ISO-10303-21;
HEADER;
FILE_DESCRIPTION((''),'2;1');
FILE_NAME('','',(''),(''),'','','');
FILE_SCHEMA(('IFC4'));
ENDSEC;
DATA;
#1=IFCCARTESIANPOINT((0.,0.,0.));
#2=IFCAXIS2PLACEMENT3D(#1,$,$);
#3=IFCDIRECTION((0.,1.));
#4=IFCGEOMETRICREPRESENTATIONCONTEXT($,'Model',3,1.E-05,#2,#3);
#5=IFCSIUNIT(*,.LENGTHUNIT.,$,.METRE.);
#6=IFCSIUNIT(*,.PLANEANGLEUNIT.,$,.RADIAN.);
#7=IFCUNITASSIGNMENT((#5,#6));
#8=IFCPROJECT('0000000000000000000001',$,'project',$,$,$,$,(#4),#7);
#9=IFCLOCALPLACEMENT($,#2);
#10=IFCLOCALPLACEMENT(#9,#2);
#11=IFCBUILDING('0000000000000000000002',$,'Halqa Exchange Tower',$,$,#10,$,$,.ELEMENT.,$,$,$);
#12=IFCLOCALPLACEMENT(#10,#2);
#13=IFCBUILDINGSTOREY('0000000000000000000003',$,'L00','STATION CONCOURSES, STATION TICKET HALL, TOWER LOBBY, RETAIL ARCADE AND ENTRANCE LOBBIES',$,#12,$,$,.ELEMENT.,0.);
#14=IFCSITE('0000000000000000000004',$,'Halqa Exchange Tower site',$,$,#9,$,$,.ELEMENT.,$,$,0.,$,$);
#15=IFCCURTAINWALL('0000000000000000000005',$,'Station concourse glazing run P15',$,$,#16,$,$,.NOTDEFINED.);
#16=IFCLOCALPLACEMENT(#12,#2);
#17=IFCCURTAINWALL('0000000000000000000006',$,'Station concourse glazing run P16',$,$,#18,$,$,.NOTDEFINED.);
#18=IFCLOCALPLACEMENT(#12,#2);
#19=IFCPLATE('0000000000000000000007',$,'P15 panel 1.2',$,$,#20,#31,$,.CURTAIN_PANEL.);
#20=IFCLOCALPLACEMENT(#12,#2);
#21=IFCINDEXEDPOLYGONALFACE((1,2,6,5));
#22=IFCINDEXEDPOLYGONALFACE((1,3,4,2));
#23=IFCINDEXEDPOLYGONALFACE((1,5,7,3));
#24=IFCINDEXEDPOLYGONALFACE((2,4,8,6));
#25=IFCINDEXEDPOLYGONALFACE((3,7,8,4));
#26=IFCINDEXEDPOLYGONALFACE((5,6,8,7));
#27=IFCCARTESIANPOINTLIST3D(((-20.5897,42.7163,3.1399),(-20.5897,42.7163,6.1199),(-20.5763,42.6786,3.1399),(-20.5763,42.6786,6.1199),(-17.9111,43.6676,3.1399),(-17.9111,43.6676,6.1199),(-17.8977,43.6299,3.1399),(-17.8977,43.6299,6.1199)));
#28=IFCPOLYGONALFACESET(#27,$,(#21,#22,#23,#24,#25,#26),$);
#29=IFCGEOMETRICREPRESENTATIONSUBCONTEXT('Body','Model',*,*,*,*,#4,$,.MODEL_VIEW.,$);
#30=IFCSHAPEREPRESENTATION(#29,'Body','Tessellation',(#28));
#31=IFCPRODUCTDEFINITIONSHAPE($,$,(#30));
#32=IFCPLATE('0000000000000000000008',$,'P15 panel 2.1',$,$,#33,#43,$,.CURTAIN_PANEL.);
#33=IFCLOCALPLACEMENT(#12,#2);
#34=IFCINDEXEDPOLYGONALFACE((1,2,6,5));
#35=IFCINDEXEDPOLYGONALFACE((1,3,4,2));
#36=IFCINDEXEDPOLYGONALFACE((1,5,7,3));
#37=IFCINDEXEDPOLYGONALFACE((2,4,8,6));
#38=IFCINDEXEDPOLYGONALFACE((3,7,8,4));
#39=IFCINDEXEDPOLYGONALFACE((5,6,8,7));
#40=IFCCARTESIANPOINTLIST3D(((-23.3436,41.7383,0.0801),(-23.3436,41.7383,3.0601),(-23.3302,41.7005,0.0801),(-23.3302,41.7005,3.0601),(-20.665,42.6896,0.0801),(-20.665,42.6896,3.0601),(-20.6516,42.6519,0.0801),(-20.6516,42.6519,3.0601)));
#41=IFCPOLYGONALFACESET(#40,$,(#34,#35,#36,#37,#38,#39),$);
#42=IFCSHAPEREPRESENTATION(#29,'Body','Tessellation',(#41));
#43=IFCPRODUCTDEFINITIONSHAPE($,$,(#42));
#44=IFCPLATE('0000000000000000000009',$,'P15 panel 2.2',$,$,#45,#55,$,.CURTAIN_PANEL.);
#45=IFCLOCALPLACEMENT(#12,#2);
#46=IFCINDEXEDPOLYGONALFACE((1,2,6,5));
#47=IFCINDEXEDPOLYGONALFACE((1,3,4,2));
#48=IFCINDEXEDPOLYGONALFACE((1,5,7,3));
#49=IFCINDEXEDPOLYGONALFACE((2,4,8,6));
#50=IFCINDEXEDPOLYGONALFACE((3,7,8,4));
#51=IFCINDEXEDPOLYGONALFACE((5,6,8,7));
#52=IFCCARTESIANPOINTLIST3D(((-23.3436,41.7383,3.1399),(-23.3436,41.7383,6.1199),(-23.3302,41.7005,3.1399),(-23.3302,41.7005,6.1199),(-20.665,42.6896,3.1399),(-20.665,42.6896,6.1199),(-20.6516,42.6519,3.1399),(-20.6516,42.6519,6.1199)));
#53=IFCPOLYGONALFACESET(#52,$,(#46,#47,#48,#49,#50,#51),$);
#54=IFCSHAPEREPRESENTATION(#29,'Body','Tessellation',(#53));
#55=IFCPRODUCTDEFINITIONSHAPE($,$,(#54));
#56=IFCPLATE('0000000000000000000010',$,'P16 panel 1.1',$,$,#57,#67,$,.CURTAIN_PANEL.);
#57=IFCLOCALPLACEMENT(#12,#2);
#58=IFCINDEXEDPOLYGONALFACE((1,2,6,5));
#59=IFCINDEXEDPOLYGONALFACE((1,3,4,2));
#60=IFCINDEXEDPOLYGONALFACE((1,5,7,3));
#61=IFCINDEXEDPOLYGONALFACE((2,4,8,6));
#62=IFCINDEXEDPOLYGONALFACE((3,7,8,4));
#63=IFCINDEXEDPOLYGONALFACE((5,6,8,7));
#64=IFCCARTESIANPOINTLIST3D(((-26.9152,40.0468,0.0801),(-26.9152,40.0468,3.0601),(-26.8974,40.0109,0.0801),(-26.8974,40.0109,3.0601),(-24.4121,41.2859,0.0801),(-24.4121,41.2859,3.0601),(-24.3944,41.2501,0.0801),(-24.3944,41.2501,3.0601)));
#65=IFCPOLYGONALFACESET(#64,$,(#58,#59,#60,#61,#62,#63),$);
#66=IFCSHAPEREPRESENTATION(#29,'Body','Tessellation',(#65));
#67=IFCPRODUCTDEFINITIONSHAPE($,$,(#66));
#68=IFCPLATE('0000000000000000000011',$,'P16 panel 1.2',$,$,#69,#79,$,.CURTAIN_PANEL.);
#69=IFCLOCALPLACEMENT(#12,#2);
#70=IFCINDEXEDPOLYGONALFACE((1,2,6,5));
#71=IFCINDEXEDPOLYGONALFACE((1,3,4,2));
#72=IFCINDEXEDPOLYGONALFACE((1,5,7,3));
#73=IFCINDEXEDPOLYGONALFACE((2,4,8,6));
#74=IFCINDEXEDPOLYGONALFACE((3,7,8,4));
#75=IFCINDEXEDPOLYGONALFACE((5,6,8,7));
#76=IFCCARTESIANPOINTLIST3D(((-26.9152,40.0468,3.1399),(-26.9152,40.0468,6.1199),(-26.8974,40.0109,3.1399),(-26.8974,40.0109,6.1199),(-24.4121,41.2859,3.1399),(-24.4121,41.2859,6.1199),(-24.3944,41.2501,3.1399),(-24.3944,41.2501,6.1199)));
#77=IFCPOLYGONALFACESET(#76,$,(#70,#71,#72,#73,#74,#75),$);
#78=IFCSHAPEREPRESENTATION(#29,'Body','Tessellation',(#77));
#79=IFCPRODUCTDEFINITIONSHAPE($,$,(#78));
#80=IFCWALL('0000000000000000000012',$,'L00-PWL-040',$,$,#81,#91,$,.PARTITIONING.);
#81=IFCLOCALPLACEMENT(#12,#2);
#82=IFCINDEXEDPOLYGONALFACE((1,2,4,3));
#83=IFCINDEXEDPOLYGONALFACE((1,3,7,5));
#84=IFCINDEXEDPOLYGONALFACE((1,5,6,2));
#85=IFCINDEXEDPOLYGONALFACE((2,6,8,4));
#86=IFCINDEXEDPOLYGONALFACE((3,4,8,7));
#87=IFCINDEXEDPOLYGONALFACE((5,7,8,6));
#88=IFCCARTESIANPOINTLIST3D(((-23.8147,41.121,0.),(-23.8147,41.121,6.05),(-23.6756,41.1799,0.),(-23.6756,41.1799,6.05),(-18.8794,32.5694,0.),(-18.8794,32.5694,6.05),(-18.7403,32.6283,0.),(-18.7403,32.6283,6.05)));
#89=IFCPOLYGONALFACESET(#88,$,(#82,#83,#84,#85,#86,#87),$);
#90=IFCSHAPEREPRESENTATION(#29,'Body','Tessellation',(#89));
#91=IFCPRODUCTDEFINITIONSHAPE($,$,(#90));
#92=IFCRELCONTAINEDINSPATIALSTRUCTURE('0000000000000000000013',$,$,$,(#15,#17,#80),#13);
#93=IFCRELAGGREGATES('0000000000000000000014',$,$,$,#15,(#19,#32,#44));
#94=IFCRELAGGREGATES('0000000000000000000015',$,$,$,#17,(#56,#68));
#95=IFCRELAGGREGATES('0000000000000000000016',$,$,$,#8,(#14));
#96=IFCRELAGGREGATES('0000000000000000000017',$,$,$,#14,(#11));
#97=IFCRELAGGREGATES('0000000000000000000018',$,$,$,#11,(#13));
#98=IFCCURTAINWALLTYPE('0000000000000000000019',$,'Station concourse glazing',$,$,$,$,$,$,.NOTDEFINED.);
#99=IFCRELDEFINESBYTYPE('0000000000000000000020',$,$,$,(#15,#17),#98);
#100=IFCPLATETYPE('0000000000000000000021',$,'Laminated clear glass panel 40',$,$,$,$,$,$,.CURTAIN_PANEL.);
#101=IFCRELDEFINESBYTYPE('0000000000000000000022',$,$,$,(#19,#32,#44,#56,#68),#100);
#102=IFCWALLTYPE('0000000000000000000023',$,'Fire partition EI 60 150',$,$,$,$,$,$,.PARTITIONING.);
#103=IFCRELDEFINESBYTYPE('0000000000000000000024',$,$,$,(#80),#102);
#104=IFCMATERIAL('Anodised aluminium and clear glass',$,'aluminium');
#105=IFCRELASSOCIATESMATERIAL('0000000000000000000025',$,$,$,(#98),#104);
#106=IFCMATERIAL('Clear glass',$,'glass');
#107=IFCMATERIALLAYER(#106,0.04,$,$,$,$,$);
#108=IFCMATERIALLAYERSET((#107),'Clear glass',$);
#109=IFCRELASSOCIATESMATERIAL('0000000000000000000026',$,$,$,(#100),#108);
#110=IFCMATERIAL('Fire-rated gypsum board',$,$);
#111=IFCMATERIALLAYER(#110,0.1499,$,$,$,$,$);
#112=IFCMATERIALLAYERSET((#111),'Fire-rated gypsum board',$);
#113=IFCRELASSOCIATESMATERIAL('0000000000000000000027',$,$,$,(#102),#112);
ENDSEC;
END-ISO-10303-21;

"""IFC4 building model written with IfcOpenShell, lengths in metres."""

from ifc_helpers import new_model, si_unit, direction, frame, origin, origin_2d, place, context, subcontext, project, spatial, polyline, rectangle, outline, extrude, material, layer, layer_set, type_object, element, aggregate, save


model = new_model("IFC4")

# Units and contexts
model_context = context("Model", 3, precision=1e-05, world=origin(), true_north=direction((0.0, 1.0)))
body_context = subcontext(model_context, "Body", "Model", "MODEL_VIEW")
ifc_project = project(units=[si_unit("LENGTHUNIT", "METRE"), si_unit("PLANEANGLEUNIT", "RADIAN")], contexts=[model_context])

# Site, building, storey
site_placement = place(None, origin())
site = spatial("IfcSite", under=ifc_project, at=site_placement, Name="Halqa Exchange Tower site", CompositionType="ELEMENT", RefElevation=0.0)
building_placement = place(site_placement, origin())
building = spatial("IfcBuilding", under=site, at=building_placement, Name="Halqa Exchange Tower", CompositionType="ELEMENT")
storey_placement = place(building_placement, origin())
storey = spatial("IfcBuildingStorey", under=building, at=storey_placement, Name="L00", Description="STATION CONCOURSES, STATION TICKET HALL, TOWER LOBBY, RETAIL ARCADE AND ENTRANCE LOBBIES", CompositionType="ELEMENT", Elevation=0.0)

# Shared definitions
ifc_material_1 = material(Name="Anodised aluminium and clear glass", Category="aluminium")
curtain_wall_type = type_object("IfcCurtainWallType", Name="Station concourse glazing", PredefinedType="NOTDEFINED", material=ifc_material_1)

# Curtain walls
curtain_wall_1_placement = place(storey_placement, origin())
curtain_wall_1 = element("IfcCurtainWall", 1, at=curtain_wall_1_placement, inside=storey, type_object=curtain_wall_type, Name="Station concourse glazing run P15", PredefinedType="NOTDEFINED")
curtain_wall_2_placement = place(storey_placement, origin())
curtain_wall_2 = element("IfcCurtainWall", 2, at=curtain_wall_2_placement, inside=storey, type_object=curtain_wall_type, Name="Station concourse glazing run P16", PredefinedType="NOTDEFINED")

# Plates
ifc_material_2 = material(Name="Clear glass", Category="glass")
ifc_layer_1 = layer(ifc_material_2, 0.04)
ifc_layer_set_1 = layer_set([ifc_layer_1], Name="Clear glass")
plate_type = type_object("IfcPlateType", Name="Laminated clear glass panel 40", PredefinedType="CURTAIN_PANEL", material=ifc_layer_set_1)
plate_1_placement = place(storey_placement, frame((-19.2437, 43.1731, 3.1399), z_axis=(0.0, 0.0, 1.0), x_axis=(-0.942329, -0.334688, 0.0)))
plate_1 = element("IfcPlate", 3, at=plate_1_placement, type_object=plate_type, Name="P15 panel 1.2", PredefinedType="CURTAIN_PANEL", context=body_context, shape_type="SweptSolid", body=[
    extrude(rectangle(XDim=2.8425, YDim=0.04, at=origin_2d()), origin(), (0.0, 0.0, 1.0), 2.98),
])
plate_2_placement = place(storey_placement, frame((-21.9976, 42.1951, 0.0801), z_axis=(0.0, 0.0, 1.0), x_axis=(-0.942329, -0.334688, 0.0)))
plate_2 = element("IfcPlate", 4, at=plate_2_placement, type_object=plate_type, Name="P15 panel 2.1", PredefinedType="CURTAIN_PANEL", context=body_context, shape_type="SweptSolid", body=[
    extrude(rectangle(XDim=2.8425, YDim=0.04, at=origin_2d()), origin(), (0.0, 0.0, 1.0), 2.98),
])
plate_3_placement = place(storey_placement, frame((-21.9976, 42.1951, 3.1399), z_axis=(0.0, 0.0, 1.0), x_axis=(-0.942329, -0.334688, 0.0)))
plate_3 = element("IfcPlate", 5, at=plate_3_placement, type_object=plate_type, Name="P15 panel 2.2", PredefinedType="CURTAIN_PANEL", context=body_context, shape_type="SweptSolid", body=[
    extrude(rectangle(XDim=2.8425, YDim=0.04, at=origin_2d()), origin(), (0.0, 0.0, 1.0), 2.98),
])
aggregate(curtain_wall_1, [plate_1, plate_2, plate_3])
plate_4_placement = place(storey_placement, frame((-25.6548, 40.6484, 0.0801), z_axis=(0.0, 0.0, 1.0), x_axis=(-0.896198, -0.443653, 0.0)))
plate_4 = element("IfcPlate", 6, at=plate_4_placement, type_object=plate_type, Name="P16 panel 1.1", PredefinedType="CURTAIN_PANEL", context=body_context, shape_type="SweptSolid", body=[
    extrude(rectangle(XDim=2.793, YDim=0.04, at=origin_2d()), origin(), (0.0, 0.0, 1.0), 2.98),
])
plate_5_placement = place(storey_placement, frame((-25.6548, 40.6484, 3.1399), z_axis=(0.0, 0.0, 1.0), x_axis=(-0.896198, -0.443653, 0.0)))
plate_5 = element("IfcPlate", 7, at=plate_5_placement, type_object=plate_type, Name="P16 panel 1.2", PredefinedType="CURTAIN_PANEL", context=body_context, shape_type="SweptSolid", body=[
    extrude(rectangle(XDim=2.793, YDim=0.04, at=origin_2d()), origin(), (0.0, 0.0, 1.0), 2.98),
])
aggregate(curtain_wall_2, [plate_4, plate_5])

# Wall
ifc_material_3 = material(Name="Fire-rated gypsum board")
ifc_layer_2 = layer(ifc_material_3, 0.1499)
ifc_layer_set_2 = layer_set([ifc_layer_2], Name="Fire-rated gypsum board")
wall_type = type_object("IfcWallType", Name="Fire partition EI 60 150", PredefinedType="PARTITIONING", material=ifc_layer_set_2)
wall_placement = place(storey_placement, frame((-18.8098, 32.5989, 0.0), z_axis=(0.0, 0.0, 1.0), x_axis=(-0.499854, 0.866109, 0.0)))
element("IfcWall", 8, at=wall_placement, inside=storey, type_object=wall_type, Name="L00-PWL-040", PredefinedType="PARTITIONING", context=body_context, shape_type="SweptSolid", body=[
    extrude(outline(polyline([(-0.0093, -0.075), (9.8643, -0.075), (9.8828, 0.075), (0.0093, 0.075), (-0.0093, -0.075)])), origin(), (0.0, 0.0, 1.0), 6.05),
])

save(model, "model.ifc")
